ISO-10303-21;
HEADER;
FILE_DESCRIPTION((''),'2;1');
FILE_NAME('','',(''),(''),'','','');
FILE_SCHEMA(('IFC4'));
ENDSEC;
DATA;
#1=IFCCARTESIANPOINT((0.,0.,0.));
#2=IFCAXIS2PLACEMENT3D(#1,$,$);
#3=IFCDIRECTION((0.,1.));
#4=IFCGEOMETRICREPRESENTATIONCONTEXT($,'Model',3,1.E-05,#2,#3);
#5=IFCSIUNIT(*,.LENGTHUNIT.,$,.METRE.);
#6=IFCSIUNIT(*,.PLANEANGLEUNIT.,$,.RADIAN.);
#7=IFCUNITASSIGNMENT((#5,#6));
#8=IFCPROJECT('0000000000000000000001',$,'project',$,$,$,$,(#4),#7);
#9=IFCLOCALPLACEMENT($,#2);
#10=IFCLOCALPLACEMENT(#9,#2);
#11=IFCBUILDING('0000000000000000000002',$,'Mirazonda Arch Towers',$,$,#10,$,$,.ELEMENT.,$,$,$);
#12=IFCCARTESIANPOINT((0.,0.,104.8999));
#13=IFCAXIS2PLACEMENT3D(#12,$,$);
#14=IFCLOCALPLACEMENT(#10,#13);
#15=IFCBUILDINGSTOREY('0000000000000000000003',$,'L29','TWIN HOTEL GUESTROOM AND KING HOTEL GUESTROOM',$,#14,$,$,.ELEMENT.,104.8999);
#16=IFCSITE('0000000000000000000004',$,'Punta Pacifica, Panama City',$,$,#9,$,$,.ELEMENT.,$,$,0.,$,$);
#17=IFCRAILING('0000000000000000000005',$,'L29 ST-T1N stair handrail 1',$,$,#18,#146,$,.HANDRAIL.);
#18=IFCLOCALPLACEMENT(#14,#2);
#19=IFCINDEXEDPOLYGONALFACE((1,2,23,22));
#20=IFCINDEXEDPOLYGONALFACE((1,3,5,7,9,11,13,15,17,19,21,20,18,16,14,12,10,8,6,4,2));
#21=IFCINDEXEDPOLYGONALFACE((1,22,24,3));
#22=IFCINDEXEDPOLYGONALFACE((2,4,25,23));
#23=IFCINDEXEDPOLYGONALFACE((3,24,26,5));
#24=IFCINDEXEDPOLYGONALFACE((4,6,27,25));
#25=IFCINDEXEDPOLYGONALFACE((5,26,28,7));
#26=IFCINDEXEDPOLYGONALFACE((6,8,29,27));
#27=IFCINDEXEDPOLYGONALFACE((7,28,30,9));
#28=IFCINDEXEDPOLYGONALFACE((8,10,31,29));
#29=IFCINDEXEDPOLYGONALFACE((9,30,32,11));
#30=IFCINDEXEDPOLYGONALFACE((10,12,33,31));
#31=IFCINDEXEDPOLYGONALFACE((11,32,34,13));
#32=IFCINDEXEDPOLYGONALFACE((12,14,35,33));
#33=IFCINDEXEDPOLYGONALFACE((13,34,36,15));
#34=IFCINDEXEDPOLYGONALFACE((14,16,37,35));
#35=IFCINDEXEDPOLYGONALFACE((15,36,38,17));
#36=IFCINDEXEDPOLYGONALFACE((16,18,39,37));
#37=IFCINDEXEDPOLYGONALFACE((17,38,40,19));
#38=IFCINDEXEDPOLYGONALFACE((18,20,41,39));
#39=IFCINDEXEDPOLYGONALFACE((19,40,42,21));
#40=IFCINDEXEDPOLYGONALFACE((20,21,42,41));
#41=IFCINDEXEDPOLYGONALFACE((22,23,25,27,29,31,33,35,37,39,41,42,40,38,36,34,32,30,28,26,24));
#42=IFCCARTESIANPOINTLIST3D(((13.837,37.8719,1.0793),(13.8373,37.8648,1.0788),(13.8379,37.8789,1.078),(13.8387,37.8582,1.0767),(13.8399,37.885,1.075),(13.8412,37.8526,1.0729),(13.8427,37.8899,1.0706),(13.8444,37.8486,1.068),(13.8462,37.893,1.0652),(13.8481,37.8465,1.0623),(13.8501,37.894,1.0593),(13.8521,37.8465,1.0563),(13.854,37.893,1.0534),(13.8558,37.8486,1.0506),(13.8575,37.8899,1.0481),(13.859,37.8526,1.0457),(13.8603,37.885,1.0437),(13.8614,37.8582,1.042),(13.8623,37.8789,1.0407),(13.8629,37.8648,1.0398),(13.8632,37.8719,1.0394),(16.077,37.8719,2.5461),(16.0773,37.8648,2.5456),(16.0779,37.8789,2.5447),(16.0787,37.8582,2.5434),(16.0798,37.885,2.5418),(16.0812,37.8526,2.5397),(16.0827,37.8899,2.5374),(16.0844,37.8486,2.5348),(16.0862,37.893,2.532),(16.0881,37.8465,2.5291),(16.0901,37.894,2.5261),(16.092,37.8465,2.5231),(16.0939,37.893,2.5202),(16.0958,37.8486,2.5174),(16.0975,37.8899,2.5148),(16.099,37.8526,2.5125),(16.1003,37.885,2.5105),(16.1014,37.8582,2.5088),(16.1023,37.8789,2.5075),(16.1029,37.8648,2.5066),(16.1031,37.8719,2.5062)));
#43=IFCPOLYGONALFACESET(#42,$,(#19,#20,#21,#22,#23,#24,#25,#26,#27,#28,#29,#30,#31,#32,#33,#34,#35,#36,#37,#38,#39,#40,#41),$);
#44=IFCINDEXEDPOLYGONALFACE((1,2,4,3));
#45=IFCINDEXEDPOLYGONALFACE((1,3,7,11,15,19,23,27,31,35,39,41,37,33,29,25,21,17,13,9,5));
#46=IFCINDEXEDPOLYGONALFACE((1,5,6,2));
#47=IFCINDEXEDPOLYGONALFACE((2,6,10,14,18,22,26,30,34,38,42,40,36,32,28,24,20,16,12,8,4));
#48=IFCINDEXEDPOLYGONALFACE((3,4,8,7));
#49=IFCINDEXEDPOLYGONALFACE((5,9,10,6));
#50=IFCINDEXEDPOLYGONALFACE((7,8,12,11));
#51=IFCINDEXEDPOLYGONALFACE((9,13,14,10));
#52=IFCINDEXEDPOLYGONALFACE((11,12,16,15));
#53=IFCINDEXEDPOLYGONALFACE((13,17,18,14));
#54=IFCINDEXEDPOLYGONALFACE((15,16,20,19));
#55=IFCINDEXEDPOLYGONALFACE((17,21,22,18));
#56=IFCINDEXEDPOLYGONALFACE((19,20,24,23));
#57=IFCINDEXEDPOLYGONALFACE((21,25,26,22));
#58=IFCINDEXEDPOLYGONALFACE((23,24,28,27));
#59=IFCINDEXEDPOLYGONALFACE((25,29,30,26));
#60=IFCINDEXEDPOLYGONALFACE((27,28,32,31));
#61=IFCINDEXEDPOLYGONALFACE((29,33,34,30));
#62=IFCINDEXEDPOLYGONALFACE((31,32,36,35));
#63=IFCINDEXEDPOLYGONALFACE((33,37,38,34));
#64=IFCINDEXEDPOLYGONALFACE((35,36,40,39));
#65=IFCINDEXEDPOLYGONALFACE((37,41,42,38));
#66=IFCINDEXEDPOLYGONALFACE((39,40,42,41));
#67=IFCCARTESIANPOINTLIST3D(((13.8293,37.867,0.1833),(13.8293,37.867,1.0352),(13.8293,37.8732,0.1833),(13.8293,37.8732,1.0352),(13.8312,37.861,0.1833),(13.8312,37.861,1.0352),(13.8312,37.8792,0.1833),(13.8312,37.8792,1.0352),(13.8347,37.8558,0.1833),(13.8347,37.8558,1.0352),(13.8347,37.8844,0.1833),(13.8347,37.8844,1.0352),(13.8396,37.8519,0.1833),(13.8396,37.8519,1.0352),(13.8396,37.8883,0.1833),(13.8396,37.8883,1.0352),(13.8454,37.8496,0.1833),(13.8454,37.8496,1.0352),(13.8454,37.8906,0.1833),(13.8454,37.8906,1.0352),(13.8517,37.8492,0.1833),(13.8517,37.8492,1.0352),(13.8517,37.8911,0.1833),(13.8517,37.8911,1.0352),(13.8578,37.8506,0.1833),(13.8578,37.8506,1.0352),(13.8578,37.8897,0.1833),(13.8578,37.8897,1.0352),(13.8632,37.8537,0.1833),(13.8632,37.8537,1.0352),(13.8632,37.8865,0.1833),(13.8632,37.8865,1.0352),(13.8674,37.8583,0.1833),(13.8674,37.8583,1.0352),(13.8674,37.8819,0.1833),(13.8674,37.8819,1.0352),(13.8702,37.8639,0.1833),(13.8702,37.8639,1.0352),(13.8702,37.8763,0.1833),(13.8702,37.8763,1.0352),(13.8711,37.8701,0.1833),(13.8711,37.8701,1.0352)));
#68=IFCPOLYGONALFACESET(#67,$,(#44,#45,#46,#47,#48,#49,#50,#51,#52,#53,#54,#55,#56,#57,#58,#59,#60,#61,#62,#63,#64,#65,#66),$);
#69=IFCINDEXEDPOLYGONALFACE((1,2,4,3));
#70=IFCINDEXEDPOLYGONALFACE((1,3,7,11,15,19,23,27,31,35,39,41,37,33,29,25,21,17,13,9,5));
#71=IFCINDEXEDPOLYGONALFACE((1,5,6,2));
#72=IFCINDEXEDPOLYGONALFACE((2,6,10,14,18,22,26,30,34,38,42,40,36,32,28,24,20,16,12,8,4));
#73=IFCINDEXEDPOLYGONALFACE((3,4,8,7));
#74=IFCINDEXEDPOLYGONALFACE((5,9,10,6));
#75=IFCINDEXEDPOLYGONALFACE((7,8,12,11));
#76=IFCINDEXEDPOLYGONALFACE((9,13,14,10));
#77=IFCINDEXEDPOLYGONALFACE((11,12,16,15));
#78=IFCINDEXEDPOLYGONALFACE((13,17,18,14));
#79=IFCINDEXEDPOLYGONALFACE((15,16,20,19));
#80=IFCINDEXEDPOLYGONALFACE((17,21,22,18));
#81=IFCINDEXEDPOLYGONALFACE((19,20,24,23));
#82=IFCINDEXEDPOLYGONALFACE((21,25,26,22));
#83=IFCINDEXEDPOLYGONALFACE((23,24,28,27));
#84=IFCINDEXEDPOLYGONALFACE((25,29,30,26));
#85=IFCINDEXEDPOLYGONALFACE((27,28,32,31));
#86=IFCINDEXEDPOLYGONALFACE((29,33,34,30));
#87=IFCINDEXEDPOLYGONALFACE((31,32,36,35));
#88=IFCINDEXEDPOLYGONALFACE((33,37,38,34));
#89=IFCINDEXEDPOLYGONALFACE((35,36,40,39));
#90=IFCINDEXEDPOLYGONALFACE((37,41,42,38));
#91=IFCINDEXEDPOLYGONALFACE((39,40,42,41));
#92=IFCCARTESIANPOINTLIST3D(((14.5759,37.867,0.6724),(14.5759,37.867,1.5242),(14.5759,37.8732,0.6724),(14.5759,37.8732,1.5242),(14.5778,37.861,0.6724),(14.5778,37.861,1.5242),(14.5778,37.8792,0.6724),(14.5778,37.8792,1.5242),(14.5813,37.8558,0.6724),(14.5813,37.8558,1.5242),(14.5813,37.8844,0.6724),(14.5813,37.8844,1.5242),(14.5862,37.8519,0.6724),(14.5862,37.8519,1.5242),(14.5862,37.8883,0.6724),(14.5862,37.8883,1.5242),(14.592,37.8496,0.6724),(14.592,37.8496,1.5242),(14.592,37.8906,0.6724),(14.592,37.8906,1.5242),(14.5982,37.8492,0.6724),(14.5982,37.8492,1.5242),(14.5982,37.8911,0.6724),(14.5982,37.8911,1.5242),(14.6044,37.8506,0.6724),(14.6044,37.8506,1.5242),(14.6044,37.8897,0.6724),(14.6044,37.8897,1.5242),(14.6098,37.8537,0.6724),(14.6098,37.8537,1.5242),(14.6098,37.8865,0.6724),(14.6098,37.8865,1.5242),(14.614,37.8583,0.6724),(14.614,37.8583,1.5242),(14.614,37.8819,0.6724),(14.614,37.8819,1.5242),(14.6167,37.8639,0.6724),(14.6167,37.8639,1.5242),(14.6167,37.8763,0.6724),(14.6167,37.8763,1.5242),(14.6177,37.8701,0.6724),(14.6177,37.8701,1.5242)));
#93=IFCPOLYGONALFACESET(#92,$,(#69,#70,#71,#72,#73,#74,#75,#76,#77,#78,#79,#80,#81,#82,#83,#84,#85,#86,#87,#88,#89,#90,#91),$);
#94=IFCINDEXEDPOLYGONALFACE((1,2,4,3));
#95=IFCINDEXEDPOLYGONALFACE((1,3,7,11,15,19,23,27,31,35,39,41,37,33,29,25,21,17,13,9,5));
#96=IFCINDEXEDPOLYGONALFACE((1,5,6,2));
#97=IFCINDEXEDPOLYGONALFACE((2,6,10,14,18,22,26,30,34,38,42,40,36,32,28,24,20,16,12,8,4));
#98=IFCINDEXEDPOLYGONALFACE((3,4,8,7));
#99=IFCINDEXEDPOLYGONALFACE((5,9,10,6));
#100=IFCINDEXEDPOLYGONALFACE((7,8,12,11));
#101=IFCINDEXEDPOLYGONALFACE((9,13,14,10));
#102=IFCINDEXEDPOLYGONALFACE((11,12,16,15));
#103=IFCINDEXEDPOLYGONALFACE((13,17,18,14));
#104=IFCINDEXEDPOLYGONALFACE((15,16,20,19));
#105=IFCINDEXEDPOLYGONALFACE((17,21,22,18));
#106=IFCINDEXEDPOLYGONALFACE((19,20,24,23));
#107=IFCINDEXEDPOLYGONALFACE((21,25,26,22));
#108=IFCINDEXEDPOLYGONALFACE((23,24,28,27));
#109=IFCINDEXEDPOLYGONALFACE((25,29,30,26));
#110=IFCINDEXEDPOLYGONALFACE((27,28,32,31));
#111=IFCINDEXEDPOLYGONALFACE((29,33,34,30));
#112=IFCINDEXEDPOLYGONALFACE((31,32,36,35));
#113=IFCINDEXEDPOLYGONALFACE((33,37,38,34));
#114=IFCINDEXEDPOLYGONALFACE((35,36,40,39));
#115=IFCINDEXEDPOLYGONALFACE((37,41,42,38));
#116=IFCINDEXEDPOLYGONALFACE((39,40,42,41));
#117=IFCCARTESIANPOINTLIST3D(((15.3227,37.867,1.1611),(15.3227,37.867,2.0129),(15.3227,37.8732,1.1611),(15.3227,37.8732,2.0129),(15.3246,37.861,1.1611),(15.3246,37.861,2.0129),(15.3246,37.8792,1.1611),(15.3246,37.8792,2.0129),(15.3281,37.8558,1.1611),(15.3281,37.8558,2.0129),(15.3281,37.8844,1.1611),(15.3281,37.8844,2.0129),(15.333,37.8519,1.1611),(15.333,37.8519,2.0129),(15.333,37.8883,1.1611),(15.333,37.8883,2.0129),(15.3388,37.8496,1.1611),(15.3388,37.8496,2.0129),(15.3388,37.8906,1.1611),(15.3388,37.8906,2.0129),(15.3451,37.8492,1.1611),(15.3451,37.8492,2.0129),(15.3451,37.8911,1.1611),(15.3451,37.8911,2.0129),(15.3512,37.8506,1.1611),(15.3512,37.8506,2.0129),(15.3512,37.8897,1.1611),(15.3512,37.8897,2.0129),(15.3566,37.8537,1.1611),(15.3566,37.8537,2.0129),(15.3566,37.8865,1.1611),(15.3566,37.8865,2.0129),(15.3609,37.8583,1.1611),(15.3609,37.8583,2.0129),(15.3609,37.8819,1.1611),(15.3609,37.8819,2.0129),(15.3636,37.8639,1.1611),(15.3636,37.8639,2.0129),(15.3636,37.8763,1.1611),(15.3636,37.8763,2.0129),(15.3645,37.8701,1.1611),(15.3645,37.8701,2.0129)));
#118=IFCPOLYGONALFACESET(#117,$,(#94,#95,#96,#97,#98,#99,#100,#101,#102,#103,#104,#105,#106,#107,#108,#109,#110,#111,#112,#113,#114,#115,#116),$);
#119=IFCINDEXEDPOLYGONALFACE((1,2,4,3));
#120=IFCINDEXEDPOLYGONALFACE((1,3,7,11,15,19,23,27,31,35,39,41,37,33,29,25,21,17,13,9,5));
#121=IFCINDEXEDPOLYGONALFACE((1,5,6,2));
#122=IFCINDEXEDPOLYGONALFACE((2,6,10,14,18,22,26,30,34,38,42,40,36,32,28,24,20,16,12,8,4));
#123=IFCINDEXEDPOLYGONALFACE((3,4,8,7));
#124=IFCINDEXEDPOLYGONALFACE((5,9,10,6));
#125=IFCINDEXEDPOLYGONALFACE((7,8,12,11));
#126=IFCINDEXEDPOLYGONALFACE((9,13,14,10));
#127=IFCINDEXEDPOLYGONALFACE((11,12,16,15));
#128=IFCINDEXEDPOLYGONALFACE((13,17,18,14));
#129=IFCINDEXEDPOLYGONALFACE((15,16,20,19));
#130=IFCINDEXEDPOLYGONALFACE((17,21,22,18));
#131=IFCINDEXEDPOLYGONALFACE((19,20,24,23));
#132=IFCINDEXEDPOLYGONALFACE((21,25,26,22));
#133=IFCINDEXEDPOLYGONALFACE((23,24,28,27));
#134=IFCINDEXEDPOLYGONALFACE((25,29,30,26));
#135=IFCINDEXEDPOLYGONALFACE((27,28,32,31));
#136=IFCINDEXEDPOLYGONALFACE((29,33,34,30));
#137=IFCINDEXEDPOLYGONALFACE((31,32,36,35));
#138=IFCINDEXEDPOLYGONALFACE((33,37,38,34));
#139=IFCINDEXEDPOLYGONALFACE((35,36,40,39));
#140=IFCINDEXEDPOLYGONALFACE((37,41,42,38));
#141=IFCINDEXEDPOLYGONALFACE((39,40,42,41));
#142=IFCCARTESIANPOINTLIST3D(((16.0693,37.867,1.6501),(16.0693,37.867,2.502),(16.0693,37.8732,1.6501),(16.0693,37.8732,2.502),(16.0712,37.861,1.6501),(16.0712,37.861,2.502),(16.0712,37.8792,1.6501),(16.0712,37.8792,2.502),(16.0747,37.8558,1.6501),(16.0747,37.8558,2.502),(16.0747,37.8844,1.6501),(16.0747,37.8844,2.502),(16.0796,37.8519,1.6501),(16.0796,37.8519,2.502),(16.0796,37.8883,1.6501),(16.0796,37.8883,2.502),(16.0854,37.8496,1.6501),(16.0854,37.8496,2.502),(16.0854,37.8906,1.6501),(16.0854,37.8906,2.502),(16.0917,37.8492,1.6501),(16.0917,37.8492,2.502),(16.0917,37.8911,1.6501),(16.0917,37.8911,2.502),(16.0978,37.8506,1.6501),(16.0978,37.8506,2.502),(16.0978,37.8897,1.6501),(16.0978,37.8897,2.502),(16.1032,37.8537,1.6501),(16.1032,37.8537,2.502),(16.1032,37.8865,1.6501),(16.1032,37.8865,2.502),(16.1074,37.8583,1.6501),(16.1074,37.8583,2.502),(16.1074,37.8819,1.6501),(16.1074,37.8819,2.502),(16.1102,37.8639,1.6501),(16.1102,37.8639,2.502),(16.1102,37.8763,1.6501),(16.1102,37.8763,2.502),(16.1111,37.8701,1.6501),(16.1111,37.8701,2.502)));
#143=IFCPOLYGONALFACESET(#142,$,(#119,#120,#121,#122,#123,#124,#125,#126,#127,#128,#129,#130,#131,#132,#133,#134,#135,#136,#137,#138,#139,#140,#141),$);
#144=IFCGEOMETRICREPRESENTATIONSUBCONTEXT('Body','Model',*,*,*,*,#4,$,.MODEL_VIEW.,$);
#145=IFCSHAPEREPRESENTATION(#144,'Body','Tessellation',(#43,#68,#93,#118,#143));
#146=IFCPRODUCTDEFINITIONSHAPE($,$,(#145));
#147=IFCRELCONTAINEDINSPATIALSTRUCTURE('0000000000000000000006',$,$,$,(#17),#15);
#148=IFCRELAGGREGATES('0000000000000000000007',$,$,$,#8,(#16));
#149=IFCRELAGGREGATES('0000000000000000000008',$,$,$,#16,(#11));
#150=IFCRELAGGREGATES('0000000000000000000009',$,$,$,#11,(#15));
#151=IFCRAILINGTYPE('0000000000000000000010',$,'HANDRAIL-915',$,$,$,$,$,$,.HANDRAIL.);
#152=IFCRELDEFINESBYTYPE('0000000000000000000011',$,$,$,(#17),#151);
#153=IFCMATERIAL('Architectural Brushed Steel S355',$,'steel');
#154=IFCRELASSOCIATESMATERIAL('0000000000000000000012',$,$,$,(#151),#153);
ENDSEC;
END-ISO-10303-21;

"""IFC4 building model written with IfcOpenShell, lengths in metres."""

from ifc_helpers import new_model, si_unit, direction, frame, origin, origin_2d, place, context, subcontext, project, spatial, circle, extrude, material, type_object, element, save


model = new_model("IFC4")

# Units and contexts
model_context = context("Model", 3, precision=1e-05, world=origin(), true_north=direction((0.0, 1.0)))
body_context = subcontext(model_context, "Body", "Model", "MODEL_VIEW")
ifc_project = project(units=[si_unit("LENGTHUNIT", "METRE"), si_unit("PLANEANGLEUNIT", "RADIAN")], contexts=[model_context])

# Site, building, storey
site_placement = place(None, origin())
site = spatial("IfcSite", under=ifc_project, at=site_placement, Name="Punta Pacifica, Panama City", CompositionType="ELEMENT", RefElevation=0.0)
building_placement = place(site_placement, origin())
building = spatial("IfcBuilding", under=site, at=building_placement, Name="Mirazonda Arch Towers", CompositionType="ELEMENT")
storey_placement = place(building_placement, frame((0.0, 0.0, 104.8999)))
storey = spatial("IfcBuildingStorey", under=building, at=storey_placement, Name="L29", Description="TWIN HOTEL GUESTROOM AND KING HOTEL GUESTROOM", CompositionType="ELEMENT", Elevation=104.8999)

# Shared definitions
ifc_material_1 = material(Name="Architectural Brushed Steel S355", Category="steel")

# Railing
railing_type_1 = type_object("IfcRailingType", Name="HANDRAIL-915", PredefinedType="HANDRAIL", material=ifc_material_1)
railing_1_placement = place(storey_placement, frame((13.8501, 37.8701, 0.1833)))
element("IfcRailing", 1, at=railing_1_placement, inside=storey, type_object=railing_type_1, Name="L29 ST-T1N stair handrail 1", PredefinedType="HANDRAIL", context=body_context, shape_type="SweptSolid", body=[
    extrude(circle(Radius=0.0239, at=origin_2d()), frame((0.0, 0.0, 0.876), z_axis=(0.836595, 0.0, 0.547822), x_axis=(0.0, 1.0, 0.0)), (0.0, 0.0, 1.0), 2.6775),
    extrude(circle(Radius=0.021, at=origin_2d()), origin(), (0.0, 0.0, 1.0), 0.8518),
    extrude(circle(Radius=0.021, at=origin_2d()), frame((0.7466, 0.0, 0.489)), (0.0, 0.0, 1.0), 0.8518),
    extrude(circle(Radius=0.021, at=origin_2d()), frame((1.4934, 0.0, 0.9778)), (0.0, 0.0, 1.0), 0.8518),
    extrude(circle(Radius=0.021, at=origin_2d()), frame((2.24, 0.0, 1.4668)), (0.0, 0.0, 1.0), 0.8518),
])

save(model, "model.ifc")
